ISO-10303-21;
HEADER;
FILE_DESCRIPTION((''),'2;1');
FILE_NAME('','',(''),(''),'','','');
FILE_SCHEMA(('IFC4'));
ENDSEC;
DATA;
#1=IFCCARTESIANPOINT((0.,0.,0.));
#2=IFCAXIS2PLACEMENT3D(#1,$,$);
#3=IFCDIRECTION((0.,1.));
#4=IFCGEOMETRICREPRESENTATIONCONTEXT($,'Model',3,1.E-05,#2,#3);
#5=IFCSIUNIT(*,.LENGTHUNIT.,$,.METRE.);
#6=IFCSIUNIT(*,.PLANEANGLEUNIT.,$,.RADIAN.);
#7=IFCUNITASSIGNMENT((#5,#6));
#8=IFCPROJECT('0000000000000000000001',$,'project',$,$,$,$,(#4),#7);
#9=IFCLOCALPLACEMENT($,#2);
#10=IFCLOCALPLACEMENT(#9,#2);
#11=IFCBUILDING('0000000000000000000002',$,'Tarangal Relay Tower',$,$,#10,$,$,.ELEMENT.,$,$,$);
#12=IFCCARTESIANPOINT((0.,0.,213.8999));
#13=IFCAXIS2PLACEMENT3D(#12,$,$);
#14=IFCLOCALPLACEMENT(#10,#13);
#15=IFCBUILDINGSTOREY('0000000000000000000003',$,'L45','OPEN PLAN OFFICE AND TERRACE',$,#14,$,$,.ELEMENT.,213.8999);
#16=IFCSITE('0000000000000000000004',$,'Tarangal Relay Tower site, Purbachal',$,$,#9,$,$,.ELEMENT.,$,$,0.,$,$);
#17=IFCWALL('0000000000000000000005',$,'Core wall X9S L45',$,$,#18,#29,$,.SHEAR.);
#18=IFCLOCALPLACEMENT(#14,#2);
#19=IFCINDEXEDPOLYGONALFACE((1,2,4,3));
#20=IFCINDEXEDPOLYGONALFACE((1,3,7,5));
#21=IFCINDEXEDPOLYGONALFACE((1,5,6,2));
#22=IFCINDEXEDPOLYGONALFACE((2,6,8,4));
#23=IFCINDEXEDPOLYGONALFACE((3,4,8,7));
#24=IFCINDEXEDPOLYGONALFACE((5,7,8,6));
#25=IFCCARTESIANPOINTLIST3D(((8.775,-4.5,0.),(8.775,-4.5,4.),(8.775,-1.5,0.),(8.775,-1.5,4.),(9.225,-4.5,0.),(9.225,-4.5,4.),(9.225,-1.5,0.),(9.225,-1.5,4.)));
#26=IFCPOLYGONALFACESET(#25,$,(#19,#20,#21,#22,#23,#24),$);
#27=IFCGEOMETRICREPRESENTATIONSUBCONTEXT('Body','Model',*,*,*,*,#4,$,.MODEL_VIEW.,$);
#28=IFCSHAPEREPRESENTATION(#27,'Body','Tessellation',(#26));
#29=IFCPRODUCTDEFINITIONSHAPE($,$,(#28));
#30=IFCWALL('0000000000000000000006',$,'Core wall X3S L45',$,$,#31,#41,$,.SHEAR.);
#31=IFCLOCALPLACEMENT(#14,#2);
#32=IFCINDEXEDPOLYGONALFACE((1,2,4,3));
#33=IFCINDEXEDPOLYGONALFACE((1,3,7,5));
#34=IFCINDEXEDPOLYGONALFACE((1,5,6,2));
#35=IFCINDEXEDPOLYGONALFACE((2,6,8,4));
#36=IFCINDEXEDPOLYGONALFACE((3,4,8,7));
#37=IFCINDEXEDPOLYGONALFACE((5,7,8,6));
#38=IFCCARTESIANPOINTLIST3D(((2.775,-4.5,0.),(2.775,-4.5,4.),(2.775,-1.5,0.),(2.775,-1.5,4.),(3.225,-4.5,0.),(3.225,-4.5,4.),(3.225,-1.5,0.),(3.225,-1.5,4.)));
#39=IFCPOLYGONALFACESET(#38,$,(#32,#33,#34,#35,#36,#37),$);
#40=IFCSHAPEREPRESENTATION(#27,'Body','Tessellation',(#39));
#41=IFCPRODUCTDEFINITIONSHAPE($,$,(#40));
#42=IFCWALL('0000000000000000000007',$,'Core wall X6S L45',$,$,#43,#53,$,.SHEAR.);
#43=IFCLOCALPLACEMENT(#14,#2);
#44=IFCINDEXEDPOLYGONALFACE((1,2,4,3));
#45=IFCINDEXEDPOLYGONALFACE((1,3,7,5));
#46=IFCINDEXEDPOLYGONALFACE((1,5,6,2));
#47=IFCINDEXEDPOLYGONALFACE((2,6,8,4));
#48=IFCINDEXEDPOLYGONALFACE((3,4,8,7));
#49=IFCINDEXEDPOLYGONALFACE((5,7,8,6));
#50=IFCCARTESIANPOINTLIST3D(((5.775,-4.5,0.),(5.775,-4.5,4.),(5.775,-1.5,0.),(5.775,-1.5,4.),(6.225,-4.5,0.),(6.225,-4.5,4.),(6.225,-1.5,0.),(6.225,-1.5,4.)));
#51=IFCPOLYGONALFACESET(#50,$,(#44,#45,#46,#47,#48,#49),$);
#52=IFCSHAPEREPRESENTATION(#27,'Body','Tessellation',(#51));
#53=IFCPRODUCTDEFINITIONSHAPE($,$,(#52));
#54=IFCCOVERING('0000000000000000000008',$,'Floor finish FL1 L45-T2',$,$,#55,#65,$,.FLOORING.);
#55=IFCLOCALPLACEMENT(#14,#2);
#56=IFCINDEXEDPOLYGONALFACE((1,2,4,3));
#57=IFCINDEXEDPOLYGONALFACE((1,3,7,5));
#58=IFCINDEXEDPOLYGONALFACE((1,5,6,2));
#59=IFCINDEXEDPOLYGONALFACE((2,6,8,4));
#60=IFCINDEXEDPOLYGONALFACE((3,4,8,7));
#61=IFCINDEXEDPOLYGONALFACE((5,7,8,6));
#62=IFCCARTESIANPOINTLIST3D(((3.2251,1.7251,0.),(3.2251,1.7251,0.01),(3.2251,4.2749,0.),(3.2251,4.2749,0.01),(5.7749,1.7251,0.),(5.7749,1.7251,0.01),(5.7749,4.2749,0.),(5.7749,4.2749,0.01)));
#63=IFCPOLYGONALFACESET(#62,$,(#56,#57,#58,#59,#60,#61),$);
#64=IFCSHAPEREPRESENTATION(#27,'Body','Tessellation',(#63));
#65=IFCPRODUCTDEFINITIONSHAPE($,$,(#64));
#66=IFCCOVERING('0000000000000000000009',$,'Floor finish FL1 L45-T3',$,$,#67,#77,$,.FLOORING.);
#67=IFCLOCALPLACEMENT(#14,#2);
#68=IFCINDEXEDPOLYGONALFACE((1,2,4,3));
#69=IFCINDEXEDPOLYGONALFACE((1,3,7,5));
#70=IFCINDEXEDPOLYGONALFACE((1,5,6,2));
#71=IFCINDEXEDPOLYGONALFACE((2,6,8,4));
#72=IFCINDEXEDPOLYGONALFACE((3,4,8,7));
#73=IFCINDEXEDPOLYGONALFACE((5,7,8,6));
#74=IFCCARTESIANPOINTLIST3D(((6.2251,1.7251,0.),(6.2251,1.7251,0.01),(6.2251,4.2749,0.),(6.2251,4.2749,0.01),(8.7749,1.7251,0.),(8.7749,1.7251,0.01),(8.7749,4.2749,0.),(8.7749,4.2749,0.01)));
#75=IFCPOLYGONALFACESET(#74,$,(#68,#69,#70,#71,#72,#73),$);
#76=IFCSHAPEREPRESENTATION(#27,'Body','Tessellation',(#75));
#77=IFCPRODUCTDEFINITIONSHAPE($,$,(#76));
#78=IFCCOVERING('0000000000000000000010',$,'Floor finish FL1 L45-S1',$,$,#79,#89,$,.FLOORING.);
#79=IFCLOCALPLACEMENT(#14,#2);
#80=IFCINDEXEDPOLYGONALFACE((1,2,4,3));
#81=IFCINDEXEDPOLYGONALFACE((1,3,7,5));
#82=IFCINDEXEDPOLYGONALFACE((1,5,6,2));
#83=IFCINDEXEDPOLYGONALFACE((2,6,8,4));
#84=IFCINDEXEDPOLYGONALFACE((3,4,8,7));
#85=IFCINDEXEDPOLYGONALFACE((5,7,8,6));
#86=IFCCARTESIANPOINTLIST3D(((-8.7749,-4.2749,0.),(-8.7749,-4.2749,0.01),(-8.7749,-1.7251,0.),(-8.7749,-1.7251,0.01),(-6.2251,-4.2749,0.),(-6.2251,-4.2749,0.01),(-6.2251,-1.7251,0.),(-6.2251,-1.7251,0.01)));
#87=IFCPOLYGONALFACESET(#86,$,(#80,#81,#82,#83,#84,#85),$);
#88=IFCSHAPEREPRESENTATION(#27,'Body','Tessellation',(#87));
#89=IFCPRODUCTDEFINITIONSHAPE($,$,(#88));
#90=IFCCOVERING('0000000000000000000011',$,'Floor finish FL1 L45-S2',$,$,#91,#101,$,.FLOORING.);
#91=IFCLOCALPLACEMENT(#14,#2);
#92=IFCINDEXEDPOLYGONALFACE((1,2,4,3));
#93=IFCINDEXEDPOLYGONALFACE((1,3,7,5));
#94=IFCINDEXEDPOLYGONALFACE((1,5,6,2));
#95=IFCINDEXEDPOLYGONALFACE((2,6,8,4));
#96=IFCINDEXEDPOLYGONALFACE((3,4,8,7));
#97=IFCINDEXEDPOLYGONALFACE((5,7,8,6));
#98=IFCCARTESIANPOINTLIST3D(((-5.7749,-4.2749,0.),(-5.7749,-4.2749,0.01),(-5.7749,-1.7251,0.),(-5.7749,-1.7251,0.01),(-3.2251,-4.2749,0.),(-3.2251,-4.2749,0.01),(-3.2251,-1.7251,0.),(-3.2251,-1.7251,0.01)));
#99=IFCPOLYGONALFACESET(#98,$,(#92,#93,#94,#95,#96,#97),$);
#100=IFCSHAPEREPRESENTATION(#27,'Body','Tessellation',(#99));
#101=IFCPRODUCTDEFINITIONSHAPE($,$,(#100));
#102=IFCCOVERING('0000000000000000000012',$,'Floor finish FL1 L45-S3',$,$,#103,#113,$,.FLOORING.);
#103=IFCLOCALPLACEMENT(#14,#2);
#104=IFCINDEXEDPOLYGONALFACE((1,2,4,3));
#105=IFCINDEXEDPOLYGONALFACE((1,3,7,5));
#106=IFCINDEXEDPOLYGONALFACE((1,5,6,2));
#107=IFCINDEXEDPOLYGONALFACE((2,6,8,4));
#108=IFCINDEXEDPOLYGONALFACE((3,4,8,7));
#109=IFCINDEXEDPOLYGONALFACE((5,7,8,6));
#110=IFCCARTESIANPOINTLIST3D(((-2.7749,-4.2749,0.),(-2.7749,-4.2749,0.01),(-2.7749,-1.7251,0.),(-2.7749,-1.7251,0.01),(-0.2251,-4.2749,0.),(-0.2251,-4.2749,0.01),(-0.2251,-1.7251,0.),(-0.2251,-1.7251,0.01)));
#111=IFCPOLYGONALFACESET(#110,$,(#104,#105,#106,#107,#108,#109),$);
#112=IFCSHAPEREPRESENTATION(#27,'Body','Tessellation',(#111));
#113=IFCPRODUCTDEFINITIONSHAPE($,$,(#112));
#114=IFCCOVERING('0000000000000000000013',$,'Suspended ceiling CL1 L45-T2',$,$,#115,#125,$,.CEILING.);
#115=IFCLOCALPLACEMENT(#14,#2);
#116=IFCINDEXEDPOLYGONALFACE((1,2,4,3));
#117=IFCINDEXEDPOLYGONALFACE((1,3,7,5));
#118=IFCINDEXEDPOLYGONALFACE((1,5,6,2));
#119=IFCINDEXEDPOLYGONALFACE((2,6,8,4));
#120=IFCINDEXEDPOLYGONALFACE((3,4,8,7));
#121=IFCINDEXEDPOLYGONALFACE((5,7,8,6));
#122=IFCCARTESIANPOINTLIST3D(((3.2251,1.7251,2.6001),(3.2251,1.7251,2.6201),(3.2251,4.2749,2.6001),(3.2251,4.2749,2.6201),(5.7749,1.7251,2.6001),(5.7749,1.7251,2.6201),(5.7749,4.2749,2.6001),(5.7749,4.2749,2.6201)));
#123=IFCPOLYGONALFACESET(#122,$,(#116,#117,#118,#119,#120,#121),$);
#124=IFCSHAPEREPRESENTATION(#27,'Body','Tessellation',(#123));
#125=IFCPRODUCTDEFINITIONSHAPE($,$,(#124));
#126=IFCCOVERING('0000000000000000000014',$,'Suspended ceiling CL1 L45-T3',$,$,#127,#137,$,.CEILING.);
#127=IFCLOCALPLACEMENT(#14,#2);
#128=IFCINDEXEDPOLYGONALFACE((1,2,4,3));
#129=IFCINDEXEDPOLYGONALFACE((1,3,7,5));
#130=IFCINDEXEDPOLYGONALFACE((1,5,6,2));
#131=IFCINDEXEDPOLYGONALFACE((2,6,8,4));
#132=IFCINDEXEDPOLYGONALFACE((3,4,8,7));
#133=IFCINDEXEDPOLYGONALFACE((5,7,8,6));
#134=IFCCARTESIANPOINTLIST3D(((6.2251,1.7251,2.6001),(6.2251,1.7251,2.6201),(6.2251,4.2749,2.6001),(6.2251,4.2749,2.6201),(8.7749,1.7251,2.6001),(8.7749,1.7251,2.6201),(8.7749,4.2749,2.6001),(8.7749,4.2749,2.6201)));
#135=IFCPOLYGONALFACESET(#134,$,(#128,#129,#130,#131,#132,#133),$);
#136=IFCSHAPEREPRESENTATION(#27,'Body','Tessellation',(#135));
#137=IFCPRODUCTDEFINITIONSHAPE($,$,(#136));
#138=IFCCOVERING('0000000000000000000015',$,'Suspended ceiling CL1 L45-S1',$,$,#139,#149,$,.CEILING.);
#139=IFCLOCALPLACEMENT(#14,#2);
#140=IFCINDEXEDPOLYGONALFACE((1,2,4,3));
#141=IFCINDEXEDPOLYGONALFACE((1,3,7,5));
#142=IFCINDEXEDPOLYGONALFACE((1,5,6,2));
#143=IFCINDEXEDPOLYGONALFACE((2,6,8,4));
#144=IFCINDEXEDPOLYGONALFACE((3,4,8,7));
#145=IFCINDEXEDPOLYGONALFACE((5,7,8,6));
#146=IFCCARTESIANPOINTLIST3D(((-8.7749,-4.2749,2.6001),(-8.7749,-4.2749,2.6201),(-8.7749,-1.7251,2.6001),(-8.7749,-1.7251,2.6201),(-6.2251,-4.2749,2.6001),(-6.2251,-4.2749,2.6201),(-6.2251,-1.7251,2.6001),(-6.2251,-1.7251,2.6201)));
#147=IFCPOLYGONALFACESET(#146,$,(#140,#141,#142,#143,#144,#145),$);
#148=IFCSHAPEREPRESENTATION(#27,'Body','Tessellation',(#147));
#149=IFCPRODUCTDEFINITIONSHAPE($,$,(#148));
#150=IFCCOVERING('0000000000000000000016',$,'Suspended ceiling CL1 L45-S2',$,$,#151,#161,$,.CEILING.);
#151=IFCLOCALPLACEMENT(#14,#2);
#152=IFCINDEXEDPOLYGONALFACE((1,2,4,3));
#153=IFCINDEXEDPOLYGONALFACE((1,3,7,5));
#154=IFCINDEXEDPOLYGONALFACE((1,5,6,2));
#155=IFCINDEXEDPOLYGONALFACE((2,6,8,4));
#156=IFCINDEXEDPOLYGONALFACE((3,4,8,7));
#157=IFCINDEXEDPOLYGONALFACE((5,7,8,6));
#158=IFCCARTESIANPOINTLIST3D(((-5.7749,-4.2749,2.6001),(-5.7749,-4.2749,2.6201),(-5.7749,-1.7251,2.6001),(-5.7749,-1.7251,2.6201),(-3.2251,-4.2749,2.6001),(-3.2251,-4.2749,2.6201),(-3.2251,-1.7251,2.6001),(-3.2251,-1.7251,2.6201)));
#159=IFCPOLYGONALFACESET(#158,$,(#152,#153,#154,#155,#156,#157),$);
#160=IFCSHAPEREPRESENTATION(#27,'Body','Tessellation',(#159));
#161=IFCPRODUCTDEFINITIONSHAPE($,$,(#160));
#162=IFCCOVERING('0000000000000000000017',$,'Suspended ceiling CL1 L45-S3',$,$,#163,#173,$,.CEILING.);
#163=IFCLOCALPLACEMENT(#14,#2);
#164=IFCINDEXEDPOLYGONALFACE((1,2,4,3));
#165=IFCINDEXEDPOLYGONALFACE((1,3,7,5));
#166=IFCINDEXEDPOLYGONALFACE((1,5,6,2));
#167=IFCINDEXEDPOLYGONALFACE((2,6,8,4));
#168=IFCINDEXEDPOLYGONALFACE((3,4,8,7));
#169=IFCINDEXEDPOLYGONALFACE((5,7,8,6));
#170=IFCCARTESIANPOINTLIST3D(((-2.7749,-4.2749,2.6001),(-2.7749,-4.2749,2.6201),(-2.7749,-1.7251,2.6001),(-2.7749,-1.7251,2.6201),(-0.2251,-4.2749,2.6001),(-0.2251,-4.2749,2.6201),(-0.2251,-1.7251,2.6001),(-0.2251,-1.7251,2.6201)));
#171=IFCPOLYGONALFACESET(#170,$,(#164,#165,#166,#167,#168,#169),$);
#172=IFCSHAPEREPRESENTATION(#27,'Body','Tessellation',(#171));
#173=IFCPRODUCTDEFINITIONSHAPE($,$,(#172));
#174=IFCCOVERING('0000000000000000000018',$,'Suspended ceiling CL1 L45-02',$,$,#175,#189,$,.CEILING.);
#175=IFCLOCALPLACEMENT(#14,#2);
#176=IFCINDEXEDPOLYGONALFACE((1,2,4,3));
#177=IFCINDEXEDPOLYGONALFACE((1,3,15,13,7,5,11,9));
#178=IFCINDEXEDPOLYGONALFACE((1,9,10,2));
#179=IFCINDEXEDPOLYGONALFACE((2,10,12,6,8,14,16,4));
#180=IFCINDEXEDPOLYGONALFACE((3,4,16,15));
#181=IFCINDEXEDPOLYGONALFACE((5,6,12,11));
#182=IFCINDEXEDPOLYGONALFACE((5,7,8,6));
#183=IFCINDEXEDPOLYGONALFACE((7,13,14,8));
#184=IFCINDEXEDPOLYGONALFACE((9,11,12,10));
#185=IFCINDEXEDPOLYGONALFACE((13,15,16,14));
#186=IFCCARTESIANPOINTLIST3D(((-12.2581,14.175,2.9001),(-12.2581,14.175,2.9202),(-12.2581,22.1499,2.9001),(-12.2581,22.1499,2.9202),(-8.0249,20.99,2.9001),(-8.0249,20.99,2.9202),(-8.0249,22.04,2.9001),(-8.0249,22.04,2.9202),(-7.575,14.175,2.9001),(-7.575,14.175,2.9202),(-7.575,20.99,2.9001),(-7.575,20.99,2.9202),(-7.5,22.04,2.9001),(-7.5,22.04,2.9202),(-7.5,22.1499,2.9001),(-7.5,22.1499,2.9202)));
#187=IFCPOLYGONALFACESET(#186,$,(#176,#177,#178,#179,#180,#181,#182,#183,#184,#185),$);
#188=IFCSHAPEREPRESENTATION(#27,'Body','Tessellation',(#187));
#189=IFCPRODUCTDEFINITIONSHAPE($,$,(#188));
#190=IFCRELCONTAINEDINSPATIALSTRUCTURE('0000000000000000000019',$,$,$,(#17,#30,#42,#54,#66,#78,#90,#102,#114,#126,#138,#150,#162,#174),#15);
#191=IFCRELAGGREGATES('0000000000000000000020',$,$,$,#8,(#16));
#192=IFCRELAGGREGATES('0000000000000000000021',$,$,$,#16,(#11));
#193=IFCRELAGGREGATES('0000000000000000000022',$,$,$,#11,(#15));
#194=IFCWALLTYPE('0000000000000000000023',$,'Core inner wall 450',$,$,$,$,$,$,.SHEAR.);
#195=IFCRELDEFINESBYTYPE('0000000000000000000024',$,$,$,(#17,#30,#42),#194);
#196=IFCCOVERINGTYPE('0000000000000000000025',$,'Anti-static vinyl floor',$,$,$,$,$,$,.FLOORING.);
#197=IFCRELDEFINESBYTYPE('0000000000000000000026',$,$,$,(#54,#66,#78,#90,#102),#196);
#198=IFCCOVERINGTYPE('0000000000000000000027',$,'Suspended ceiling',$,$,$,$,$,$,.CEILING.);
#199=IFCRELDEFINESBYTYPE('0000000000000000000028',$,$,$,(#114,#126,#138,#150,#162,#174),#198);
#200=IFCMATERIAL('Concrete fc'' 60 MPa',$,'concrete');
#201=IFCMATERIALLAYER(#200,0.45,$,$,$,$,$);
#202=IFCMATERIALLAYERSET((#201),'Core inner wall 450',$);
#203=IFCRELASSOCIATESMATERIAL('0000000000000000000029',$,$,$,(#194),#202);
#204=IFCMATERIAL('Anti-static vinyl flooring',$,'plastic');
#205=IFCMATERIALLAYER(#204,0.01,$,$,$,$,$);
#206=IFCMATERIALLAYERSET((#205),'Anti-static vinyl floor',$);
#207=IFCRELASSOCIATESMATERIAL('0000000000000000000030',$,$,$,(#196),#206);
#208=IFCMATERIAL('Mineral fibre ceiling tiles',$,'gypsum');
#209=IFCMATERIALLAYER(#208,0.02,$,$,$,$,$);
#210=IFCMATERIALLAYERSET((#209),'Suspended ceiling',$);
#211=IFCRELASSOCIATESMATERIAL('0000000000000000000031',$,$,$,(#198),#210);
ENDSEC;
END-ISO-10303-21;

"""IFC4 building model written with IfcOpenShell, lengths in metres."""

from ifc_helpers import new_model, si_unit, direction, frame, frame_2d, origin, place, context, subcontext, project, spatial, polyline, rectangle, outline, extrude, material, layer, layer_set, type_object, element, save


model = new_model("IFC4")

# Units and contexts
model_context = context("Model", 3, precision=1e-05, world=origin(), true_north=direction((0.0, 1.0)))
body_context = subcontext(model_context, "Body", "Model", "MODEL_VIEW")
ifc_project = project(units=[si_unit("LENGTHUNIT", "METRE"), si_unit("PLANEANGLEUNIT", "RADIAN")], contexts=[model_context])

# Site, building, storey
site_placement = place(None, origin())
site = spatial("IfcSite", under=ifc_project, at=site_placement, Name="Tarangal Relay Tower site, Purbachal", CompositionType="ELEMENT", RefElevation=0.0)
building_placement = place(site_placement, origin())
building = spatial("IfcBuilding", under=site, at=building_placement, Name="Tarangal Relay Tower", CompositionType="ELEMENT")
storey_placement = place(building_placement, frame((0.0, 0.0, 213.8999)))
storey = spatial("IfcBuildingStorey", under=building, at=storey_placement, Name="L45", Description="OPEN PLAN OFFICE AND TERRACE", CompositionType="ELEMENT", Elevation=213.8999)

# Walls
ifc_material_1 = material(Name="Concrete fc' 60 MPa", Category="concrete")
ifc_layer_1 = layer(ifc_material_1, 0.45)
ifc_layer_set_1 = layer_set([ifc_layer_1], Name="Core inner wall 450")
wall_type_1 = type_object("IfcWallType", Name="Core inner wall 450", PredefinedType="SHEAR", material=ifc_layer_set_1)
for number, where, z_axis, x_axis, name in (
    (1, (9.0, -4.5, 0.0), (0.0, 0.0, 1.0), (0.0, 1.0, 0.0), "Core wall X9S L45"),
    (2, (3.0, -4.5, 0.0), (0.0, 0.0, 1.0), (0.0, 1.0, 0.0), "Core wall X3S L45"),
    (3, (6.0, -4.5, 0.0), (0.0, 0.0, 1.0), (0.0, 1.0, 0.0), "Core wall X6S L45"),
):
    element("IfcWall", number, at=place(storey_placement, frame(where, z_axis=z_axis, x_axis=x_axis)), inside=storey, type_object=wall_type_1, Name=name, PredefinedType="SHEAR", context=body_context, shape_type="SweptSolid", body=[
        extrude(rectangle(XDim=3.0, YDim=0.45, at=frame_2d((1.5, 0.0))), origin(), (0.0, 0.0, 1.0), 4.0),
    ])

# Coverings
ifc_material_2 = material(Name="Anti-static vinyl flooring", Category="plastic")
ifc_layer_2 = layer(ifc_material_2, 0.01)
ifc_layer_set_2 = layer_set([ifc_layer_2], Name="Anti-static vinyl floor")
covering_type_1 = type_object("IfcCoveringType", Name="Anti-static vinyl floor", PredefinedType="FLOORING", material=ifc_layer_set_2)
covering_1_placement = place(storey_placement, origin())
element("IfcCovering", 4, at=covering_1_placement, inside=storey, type_object=covering_type_1, Name="Floor finish FL1 L45-T2", PredefinedType="FLOORING", context=body_context, shape_type="SweptSolid", body=[
    extrude(outline(polyline([(3.2251, 1.7251), (5.7749, 1.7251), (5.7749, 4.2749), (3.2251, 4.2749), (3.2251, 1.7251)])), origin(), (0.0, 0.0, 1.0), 0.01),
])
covering_2_placement = place(storey_placement, origin())
element("IfcCovering", 5, at=covering_2_placement, inside=storey, type_object=covering_type_1, Name="Floor finish FL1 L45-T3", PredefinedType="FLOORING", context=body_context, shape_type="SweptSolid", body=[
    extrude(outline(polyline([(6.2251, 1.7251), (8.7749, 1.7251), (8.7749, 4.2749), (6.2251, 4.2749), (6.2251, 1.7251)])), origin(), (0.0, 0.0, 1.0), 0.01),
])
covering_3_placement = place(storey_placement, origin())
element("IfcCovering", 6, at=covering_3_placement, inside=storey, type_object=covering_type_1, Name="Floor finish FL1 L45-S1", PredefinedType="FLOORING", context=body_context, shape_type="SweptSolid", body=[
    extrude(outline(polyline([(-8.7749, -4.2749), (-6.2251, -4.2749), (-6.2251, -1.7251), (-8.7749, -1.7251), (-8.7749, -4.2749)])), origin(), (0.0, 0.0, 1.0), 0.01),
])
covering_4_placement = place(storey_placement, origin())
element("IfcCovering", 7, at=covering_4_placement, inside=storey, type_object=covering_type_1, Name="Floor finish FL1 L45-S2", PredefinedType="FLOORING", context=body_context, shape_type="SweptSolid", body=[
    extrude(outline(polyline([(-5.7749, -4.2749), (-3.2251, -4.2749), (-3.2251, -1.7251), (-5.7749, -1.7251), (-5.7749, -4.2749)])), origin(), (0.0, 0.0, 1.0), 0.01),
])
covering_5_placement = place(storey_placement, origin())
element("IfcCovering", 8, at=covering_5_placement, inside=storey, type_object=covering_type_1, Name="Floor finish FL1 L45-S3", PredefinedType="FLOORING", context=body_context, shape_type="SweptSolid", body=[
    extrude(outline(polyline([(-2.7749, -4.2749), (-0.2251, -4.2749), (-0.2251, -1.7251), (-2.7749, -1.7251), (-2.7749, -4.2749)])), origin(), (0.0, 0.0, 1.0), 0.01),
])
ifc_material_3 = material(Name="Mineral fibre ceiling tiles", Category="gypsum")
ifc_layer_3 = layer(ifc_material_3, 0.02)
ifc_layer_set_3 = layer_set([ifc_layer_3], Name="Suspended ceiling")
covering_type_2 = type_object("IfcCoveringType", Name="Suspended ceiling", PredefinedType="CEILING", material=ifc_layer_set_3)
covering_6_placement = place(storey_placement, frame((0.0, 0.0, 2.6001)))
element("IfcCovering", 9, at=covering_6_placement, inside=storey, type_object=covering_type_2, Name="Suspended ceiling CL1 L45-T2", PredefinedType="CEILING", context=body_context, shape_type="SweptSolid", body=[
    extrude(outline(polyline([(3.2251, 1.7251), (5.7749, 1.7251), (5.7749, 4.2749), (3.2251, 4.2749), (3.2251, 1.7251)])), origin(), (0.0, 0.0, 1.0), 0.02),
])
covering_7_placement = place(storey_placement, frame((0.0, 0.0, 2.6001)))
element("IfcCovering", 10, at=covering_7_placement, inside=storey, type_object=covering_type_2, Name="Suspended ceiling CL1 L45-T3", PredefinedType="CEILING", context=body_context, shape_type="SweptSolid", body=[
    extrude(outline(polyline([(6.2251, 1.7251), (8.7749, 1.7251), (8.7749, 4.2749), (6.2251, 4.2749), (6.2251, 1.7251)])), origin(), (0.0, 0.0, 1.0), 0.02),
])
covering_8_placement = place(storey_placement, frame((0.0, 0.0, 2.6001)))
element("IfcCovering", 11, at=covering_8_placement, inside=storey, type_object=covering_type_2, Name="Suspended ceiling CL1 L45-S1", PredefinedType="CEILING", context=body_context, shape_type="SweptSolid", body=[
    extrude(outline(polyline([(-8.7749, -4.2749), (-6.2251, -4.2749), (-6.2251, -1.7251), (-8.7749, -1.7251), (-8.7749, -4.2749)])), origin(), (0.0, 0.0, 1.0), 0.02),
])
covering_9_placement = place(storey_placement, frame((0.0, 0.0, 2.6001)))
element("IfcCovering", 12, at=covering_9_placement, inside=storey, type_object=covering_type_2, Name="Suspended ceiling CL1 L45-S2", PredefinedType="CEILING", context=body_context, shape_type="SweptSolid", body=[
    extrude(outline(polyline([(-5.7749, -4.2749), (-3.2251, -4.2749), (-3.2251, -1.7251), (-5.7749, -1.7251), (-5.7749, -4.2749)])), origin(), (0.0, 0.0, 1.0), 0.02),
])
covering_10_placement = place(storey_placement, frame((0.0, 0.0, 2.6001)))
element("IfcCovering", 13, at=covering_10_placement, inside=storey, type_object=covering_type_2, Name="Suspended ceiling CL1 L45-S3", PredefinedType="CEILING", context=body_context, shape_type="SweptSolid", body=[
    extrude(outline(polyline([(-2.7749, -4.2749), (-0.2251, -4.2749), (-0.2251, -1.7251), (-2.7749, -1.7251), (-2.7749, -4.2749)])), origin(), (0.0, 0.0, 1.0), 0.02),
])
covering_11_placement = place(storey_placement, frame((0.0, 0.0, 2.9001)))
element("IfcCovering", 14, at=covering_11_placement, inside=storey, type_object=covering_type_2, Name="Suspended ceiling CL1 L45-02", PredefinedType="CEILING", context=body_context, shape_type="SweptSolid", body=[
    extrude(outline(polyline([(-7.5, 22.1499), (-12.2581, 22.1499), (-12.2581, 14.175), (-7.575, 14.175), (-7.575, 20.99), (-8.0249, 20.99), (-8.0249, 22.04), (-7.5, 22.04), (-7.5, 22.1499)])), origin(), (0.0, 0.0, 1.0), 0.02),
])

save(model, "model.ifc")
